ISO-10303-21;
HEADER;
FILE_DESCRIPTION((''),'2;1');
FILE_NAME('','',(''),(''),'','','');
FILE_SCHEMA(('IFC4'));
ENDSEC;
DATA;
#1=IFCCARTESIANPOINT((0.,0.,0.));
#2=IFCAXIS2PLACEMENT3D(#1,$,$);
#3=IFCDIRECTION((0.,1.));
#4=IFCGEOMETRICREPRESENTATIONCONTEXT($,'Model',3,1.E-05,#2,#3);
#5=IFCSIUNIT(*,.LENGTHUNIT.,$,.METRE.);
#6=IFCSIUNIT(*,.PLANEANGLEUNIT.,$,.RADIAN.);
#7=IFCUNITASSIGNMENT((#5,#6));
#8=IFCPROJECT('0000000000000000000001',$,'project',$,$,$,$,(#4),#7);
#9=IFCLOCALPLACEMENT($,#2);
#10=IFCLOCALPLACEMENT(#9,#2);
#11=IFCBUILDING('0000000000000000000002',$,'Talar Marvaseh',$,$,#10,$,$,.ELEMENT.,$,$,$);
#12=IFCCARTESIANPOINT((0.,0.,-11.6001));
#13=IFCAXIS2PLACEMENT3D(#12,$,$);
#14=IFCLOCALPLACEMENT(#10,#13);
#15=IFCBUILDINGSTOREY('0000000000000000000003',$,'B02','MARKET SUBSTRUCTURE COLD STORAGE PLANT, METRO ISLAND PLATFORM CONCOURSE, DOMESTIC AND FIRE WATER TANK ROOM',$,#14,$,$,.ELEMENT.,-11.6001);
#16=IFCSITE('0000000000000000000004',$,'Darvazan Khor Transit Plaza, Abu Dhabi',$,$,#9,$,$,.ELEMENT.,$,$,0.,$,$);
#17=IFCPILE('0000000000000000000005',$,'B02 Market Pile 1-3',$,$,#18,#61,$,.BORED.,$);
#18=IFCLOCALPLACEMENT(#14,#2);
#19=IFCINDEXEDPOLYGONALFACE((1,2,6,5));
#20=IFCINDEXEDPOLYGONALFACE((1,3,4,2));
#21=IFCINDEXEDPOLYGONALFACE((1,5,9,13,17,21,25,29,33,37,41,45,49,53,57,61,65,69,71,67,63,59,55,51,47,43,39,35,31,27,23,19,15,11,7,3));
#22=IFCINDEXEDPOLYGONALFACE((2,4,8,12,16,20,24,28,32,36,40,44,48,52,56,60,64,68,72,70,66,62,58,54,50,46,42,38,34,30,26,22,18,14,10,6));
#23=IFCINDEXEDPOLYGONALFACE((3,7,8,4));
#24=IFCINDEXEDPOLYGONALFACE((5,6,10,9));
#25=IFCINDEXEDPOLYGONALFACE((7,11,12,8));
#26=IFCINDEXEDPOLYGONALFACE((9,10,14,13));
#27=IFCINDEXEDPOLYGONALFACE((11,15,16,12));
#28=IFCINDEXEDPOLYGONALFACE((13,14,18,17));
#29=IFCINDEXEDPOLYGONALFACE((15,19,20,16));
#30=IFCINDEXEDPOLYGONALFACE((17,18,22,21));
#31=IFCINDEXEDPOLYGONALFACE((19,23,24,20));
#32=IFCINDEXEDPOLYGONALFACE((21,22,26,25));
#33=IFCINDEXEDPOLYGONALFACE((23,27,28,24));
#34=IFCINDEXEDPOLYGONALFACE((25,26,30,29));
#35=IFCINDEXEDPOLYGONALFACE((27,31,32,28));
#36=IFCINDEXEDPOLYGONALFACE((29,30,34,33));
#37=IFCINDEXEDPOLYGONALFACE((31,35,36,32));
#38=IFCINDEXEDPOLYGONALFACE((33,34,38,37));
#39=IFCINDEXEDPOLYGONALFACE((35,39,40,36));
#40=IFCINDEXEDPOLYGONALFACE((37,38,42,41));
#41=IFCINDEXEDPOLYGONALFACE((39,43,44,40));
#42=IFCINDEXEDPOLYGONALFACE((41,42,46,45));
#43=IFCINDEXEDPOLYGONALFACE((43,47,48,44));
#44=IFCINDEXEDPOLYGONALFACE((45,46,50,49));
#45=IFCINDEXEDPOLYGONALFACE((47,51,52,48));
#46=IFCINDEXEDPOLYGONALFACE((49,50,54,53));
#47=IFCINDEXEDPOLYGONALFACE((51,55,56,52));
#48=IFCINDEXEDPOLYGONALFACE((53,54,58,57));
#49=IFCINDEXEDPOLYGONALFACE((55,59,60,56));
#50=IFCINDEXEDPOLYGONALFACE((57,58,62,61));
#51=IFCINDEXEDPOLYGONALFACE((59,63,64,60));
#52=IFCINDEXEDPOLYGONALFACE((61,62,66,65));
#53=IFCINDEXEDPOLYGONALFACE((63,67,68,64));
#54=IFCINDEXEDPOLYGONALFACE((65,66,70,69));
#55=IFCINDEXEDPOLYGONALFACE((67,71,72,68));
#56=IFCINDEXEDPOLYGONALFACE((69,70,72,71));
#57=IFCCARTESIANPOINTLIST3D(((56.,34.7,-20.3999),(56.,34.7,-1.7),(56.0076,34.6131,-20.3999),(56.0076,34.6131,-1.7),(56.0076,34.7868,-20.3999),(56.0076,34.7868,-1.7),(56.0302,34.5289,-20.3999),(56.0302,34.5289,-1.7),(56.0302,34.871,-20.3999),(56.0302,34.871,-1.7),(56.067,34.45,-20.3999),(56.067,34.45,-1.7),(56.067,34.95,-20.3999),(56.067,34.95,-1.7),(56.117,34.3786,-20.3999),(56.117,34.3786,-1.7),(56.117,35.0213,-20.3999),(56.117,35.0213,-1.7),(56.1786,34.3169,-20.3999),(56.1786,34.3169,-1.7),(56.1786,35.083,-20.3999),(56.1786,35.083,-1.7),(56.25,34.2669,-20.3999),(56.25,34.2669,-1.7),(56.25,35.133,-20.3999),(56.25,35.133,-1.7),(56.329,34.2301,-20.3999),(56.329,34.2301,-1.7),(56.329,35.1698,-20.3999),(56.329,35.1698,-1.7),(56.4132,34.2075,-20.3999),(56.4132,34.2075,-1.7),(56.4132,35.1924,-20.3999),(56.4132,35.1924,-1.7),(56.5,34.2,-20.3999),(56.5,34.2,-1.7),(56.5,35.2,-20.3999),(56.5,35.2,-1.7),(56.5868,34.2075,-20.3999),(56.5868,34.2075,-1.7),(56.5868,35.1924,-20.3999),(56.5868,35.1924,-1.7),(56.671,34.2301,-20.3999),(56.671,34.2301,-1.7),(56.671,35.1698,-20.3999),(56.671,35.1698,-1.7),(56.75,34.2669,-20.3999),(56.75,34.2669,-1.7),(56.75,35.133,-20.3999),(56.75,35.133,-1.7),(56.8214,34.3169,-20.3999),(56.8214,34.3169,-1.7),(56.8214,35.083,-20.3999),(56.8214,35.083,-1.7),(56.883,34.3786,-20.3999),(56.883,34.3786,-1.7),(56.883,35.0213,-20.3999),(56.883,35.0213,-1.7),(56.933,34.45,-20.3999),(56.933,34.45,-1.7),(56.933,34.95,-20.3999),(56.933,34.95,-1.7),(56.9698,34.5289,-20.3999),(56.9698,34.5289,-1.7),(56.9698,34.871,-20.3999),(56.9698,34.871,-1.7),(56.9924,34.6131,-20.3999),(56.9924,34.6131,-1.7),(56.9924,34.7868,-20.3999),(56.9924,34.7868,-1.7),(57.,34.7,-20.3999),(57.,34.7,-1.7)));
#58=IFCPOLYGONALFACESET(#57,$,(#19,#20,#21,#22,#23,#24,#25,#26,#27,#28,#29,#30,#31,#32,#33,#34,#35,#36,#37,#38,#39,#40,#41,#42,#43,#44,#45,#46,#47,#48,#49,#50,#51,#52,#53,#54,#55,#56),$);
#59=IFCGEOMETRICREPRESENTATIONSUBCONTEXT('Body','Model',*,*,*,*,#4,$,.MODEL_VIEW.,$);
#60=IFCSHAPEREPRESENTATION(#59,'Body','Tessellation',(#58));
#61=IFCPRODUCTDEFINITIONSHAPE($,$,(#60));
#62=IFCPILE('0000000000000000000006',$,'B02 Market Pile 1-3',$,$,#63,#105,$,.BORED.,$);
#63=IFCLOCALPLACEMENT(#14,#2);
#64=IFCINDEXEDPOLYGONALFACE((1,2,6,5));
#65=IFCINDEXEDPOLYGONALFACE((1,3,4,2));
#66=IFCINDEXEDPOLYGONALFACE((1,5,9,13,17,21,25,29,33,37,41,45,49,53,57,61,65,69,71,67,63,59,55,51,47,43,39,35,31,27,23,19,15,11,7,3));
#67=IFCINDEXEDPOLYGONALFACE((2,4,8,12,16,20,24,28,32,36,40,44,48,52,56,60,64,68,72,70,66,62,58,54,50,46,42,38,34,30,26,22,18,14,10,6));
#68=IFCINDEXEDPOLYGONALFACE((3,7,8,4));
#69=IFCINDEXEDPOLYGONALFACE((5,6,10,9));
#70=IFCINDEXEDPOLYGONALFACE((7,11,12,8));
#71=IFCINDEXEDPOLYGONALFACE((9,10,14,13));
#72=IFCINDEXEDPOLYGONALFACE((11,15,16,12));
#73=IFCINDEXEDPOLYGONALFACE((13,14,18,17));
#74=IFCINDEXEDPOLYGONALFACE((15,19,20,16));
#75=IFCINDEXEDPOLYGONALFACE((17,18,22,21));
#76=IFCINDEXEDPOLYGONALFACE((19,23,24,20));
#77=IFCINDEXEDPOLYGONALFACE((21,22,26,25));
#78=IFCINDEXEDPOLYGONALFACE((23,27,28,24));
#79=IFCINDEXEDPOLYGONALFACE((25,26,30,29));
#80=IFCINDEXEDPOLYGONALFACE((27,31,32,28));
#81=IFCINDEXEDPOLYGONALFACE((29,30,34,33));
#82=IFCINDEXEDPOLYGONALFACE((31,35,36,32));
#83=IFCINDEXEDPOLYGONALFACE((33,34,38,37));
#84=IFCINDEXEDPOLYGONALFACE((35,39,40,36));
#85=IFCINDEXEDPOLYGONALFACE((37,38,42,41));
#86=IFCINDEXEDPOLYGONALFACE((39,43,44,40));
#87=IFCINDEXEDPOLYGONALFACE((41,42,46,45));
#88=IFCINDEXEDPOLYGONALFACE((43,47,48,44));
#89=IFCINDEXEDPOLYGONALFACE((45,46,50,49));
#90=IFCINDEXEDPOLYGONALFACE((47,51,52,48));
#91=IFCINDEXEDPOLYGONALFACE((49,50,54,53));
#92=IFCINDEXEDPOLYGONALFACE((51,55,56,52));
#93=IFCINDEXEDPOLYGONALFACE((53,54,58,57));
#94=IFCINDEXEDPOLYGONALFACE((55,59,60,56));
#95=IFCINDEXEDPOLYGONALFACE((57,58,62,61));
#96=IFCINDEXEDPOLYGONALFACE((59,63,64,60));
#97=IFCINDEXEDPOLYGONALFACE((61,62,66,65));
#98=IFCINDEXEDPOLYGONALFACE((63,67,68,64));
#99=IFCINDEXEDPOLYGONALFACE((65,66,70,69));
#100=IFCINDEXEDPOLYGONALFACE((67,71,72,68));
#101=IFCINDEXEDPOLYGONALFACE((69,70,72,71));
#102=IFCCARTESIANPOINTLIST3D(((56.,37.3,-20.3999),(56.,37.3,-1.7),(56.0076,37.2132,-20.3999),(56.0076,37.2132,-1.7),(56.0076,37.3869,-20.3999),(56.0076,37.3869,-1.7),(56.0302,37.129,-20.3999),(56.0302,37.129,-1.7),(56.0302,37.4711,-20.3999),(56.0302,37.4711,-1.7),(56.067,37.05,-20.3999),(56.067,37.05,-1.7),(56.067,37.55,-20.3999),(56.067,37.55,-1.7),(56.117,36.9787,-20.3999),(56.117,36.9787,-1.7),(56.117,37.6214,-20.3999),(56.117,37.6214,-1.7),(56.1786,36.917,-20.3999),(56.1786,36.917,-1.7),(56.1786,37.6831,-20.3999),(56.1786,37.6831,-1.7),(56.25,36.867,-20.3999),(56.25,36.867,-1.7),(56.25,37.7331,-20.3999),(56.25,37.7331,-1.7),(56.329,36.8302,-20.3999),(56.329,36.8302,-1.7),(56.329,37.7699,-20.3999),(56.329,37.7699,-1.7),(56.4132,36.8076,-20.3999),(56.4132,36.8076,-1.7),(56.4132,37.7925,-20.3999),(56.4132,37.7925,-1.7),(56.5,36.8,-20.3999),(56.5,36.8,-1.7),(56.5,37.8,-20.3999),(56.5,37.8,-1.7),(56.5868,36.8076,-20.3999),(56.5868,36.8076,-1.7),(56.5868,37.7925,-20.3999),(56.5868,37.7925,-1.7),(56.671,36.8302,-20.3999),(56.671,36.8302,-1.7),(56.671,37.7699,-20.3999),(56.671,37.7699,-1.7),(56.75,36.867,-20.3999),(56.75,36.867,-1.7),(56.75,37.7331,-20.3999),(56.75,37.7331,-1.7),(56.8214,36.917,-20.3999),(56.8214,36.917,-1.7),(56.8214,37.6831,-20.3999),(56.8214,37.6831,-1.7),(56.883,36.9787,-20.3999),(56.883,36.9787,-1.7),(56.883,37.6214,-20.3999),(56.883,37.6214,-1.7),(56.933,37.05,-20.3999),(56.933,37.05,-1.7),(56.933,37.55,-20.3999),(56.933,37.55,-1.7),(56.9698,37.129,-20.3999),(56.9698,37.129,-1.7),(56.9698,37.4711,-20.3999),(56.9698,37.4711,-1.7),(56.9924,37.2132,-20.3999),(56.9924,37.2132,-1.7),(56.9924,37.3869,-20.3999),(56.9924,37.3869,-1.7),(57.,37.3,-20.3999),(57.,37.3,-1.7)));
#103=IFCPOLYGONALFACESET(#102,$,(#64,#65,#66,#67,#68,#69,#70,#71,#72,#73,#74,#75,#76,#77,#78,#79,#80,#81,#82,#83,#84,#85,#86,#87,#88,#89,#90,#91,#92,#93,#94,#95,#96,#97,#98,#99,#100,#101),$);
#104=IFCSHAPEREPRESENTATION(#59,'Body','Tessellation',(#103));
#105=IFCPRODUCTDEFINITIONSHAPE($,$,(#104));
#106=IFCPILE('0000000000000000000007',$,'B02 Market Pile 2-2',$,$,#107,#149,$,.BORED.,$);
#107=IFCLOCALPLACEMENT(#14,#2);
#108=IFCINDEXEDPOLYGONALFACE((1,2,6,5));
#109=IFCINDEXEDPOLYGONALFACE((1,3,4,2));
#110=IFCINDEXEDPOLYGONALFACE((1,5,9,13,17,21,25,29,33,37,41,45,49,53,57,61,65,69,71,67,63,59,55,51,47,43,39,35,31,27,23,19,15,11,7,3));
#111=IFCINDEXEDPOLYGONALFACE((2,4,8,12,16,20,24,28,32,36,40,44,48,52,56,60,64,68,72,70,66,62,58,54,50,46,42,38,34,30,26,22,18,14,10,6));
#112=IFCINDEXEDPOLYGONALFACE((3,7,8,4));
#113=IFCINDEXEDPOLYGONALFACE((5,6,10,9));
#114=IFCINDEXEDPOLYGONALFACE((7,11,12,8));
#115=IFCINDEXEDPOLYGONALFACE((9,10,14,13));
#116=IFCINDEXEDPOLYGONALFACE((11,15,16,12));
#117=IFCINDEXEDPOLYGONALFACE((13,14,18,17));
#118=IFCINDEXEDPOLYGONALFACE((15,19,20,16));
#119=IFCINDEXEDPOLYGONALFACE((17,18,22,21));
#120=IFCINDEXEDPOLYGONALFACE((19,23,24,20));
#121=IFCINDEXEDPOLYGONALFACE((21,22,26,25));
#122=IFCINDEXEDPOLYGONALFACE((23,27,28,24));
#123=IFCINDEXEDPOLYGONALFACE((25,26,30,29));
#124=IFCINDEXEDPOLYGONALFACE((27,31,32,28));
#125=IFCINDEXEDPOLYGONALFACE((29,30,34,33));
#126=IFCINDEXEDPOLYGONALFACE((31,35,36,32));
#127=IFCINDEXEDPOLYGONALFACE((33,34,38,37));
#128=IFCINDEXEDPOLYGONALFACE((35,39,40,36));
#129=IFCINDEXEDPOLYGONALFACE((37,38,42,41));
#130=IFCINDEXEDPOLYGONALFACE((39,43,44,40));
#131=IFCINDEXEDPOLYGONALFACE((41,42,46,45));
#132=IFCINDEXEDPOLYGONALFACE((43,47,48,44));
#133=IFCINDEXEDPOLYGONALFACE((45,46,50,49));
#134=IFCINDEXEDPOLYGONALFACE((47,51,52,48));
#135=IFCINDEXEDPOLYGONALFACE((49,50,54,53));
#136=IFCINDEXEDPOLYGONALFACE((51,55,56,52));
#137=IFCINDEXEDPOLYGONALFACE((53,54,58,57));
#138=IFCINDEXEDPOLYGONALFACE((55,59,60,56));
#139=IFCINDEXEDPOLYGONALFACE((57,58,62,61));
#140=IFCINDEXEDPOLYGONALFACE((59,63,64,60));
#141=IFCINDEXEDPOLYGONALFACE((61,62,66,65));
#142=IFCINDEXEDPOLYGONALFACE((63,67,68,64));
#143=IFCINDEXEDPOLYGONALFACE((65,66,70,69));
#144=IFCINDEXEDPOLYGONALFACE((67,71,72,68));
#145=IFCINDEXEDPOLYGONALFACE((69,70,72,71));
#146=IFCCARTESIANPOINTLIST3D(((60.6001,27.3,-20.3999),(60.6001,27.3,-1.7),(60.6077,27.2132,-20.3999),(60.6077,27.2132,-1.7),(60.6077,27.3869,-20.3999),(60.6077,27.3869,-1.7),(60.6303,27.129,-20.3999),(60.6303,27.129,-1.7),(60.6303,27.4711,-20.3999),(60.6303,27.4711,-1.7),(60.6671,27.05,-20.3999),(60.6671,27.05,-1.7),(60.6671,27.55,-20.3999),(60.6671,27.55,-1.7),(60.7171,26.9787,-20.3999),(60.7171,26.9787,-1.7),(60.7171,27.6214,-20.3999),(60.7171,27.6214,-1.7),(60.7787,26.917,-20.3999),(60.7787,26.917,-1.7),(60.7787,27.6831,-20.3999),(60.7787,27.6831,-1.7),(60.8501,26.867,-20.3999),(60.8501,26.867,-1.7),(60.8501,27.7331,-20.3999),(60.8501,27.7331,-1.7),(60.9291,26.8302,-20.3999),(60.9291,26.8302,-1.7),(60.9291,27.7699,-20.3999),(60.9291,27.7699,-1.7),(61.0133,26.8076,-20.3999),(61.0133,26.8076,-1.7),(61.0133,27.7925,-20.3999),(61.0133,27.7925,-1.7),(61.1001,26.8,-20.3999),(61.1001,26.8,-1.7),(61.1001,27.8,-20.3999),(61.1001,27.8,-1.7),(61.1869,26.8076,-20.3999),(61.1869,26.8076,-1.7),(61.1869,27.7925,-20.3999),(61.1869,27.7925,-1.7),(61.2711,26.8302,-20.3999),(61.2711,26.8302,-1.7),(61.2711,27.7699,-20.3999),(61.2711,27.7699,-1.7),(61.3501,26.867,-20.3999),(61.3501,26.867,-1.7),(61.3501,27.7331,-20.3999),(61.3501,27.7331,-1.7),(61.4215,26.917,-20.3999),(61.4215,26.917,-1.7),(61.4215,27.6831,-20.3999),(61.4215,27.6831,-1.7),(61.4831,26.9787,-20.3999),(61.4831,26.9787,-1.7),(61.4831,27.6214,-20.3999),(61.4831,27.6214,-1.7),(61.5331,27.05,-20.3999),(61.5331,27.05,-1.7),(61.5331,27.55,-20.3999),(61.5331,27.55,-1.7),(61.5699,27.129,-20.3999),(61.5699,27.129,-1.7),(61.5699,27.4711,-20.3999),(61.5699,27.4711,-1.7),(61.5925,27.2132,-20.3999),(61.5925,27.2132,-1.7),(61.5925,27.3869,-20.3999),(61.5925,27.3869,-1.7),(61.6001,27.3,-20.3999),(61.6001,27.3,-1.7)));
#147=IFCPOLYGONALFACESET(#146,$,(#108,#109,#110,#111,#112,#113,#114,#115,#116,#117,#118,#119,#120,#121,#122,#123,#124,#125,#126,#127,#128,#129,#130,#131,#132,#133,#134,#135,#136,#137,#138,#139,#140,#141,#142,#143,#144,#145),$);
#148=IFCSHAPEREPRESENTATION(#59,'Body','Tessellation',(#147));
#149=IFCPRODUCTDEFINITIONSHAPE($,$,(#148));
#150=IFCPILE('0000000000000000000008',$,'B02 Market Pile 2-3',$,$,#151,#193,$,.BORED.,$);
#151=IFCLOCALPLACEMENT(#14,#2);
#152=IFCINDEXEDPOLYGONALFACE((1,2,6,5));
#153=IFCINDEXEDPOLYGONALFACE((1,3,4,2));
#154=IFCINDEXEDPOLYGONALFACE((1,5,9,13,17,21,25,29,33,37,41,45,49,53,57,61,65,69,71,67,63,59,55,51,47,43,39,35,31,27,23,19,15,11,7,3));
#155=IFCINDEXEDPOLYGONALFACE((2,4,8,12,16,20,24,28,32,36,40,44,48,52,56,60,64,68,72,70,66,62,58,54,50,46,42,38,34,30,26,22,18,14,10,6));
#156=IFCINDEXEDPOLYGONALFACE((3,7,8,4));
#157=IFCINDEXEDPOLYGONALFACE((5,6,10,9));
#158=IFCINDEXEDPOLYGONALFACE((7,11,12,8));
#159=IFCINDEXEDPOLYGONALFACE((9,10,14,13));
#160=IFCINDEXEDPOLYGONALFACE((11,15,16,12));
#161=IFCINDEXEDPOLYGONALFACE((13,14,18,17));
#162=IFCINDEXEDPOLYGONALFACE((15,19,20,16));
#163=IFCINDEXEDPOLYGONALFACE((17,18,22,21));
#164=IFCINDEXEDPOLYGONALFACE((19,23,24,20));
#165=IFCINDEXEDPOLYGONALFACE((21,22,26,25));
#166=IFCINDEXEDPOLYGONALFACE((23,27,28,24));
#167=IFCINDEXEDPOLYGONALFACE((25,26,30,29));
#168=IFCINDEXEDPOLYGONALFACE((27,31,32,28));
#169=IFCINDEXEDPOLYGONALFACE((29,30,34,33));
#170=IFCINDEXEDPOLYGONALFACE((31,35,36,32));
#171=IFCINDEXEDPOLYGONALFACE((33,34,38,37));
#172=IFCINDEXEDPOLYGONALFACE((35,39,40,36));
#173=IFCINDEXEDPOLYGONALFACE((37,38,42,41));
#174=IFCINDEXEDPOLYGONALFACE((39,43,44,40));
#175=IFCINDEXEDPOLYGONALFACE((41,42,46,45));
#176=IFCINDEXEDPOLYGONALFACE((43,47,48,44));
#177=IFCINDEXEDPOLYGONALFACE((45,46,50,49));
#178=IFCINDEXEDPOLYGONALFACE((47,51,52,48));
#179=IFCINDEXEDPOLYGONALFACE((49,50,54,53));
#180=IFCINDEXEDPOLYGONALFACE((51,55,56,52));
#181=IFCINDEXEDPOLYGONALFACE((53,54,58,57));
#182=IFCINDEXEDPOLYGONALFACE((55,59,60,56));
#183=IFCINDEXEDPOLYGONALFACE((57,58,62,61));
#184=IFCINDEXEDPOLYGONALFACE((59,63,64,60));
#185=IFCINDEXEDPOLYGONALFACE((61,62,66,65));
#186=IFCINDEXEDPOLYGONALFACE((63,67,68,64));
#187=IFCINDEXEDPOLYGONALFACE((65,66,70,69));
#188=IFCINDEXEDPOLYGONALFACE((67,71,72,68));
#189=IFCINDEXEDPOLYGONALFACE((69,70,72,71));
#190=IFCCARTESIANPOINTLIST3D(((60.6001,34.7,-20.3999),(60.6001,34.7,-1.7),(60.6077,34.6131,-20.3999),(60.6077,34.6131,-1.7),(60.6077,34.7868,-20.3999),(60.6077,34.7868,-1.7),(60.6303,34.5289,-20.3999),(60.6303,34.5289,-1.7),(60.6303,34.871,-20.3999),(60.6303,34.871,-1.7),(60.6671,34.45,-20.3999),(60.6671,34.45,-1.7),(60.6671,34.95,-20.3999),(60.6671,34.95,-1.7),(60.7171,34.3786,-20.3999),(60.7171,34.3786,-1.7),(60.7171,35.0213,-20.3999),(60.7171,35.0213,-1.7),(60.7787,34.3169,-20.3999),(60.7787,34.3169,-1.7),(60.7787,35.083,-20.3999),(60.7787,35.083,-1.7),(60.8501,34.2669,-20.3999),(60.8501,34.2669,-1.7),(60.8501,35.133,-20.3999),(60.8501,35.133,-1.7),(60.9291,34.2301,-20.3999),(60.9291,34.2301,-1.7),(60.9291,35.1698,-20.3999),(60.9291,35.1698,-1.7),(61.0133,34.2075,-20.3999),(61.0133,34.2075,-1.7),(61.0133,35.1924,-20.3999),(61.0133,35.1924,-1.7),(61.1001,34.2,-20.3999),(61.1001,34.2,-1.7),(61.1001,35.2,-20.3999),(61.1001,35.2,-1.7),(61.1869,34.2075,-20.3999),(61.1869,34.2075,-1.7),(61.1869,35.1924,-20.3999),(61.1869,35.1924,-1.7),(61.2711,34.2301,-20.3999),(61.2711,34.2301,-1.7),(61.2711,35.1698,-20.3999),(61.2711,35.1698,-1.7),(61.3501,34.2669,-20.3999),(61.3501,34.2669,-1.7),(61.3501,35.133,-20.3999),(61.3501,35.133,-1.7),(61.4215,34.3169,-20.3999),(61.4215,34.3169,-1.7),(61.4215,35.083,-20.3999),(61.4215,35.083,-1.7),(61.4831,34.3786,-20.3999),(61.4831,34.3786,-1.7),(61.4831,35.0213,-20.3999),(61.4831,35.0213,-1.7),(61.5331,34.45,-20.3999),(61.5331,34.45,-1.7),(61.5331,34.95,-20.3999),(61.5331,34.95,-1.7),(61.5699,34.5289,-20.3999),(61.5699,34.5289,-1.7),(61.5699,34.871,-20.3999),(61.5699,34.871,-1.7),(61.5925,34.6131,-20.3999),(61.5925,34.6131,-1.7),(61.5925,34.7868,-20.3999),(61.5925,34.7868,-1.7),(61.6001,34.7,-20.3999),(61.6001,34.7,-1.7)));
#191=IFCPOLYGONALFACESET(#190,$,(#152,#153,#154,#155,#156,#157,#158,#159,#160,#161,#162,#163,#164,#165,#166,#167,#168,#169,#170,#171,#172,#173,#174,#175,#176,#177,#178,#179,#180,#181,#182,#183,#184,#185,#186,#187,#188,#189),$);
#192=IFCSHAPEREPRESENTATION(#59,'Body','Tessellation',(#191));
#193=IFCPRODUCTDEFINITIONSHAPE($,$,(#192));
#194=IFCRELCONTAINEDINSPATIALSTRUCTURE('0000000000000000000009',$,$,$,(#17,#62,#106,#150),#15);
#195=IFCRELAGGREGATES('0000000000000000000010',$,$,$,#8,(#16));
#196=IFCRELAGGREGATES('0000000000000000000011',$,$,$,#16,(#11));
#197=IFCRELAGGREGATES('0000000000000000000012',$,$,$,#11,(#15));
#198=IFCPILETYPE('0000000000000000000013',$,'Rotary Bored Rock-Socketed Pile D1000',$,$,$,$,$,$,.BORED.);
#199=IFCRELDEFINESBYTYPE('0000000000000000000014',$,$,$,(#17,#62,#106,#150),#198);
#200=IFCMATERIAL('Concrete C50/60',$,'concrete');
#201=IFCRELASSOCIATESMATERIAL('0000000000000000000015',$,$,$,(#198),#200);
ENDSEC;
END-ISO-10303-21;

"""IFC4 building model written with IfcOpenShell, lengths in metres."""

from ifc_helpers import new_model, si_unit, direction, frame, origin, origin_2d, place, context, subcontext, project, spatial, circle, extrude, source, transform, mapped, material, material_profile, profile_set, type_object, type_shapes, element, save


model = new_model("IFC4")

# Units and contexts
model_context = context("Model", 3, precision=1e-05, world=origin(), true_north=direction((0.0, 1.0)))
body_context = subcontext(model_context, "Body", "Model", "MODEL_VIEW")
ifc_project = project(units=[si_unit("LENGTHUNIT", "METRE"), si_unit("PLANEANGLEUNIT", "RADIAN")], contexts=[model_context])

# Site, building, storey
site_placement = place(None, origin())
site = spatial("IfcSite", under=ifc_project, at=site_placement, Name="Darvazan Khor Transit Plaza, Abu Dhabi", CompositionType="ELEMENT", RefElevation=0.0)
building_placement = place(site_placement, origin())
building = spatial("IfcBuilding", under=site, at=building_placement, Name="Talar Marvaseh", CompositionType="ELEMENT")
storey_placement = place(building_placement, frame((0.0, 0.0, -11.6001)))
storey = spatial("IfcBuildingStorey", under=building, at=storey_placement, Name="B02", Description="MARKET SUBSTRUCTURE COLD STORAGE PLANT, METRO ISLAND PLATFORM CONCOURSE, DOMESTIC AND FIRE WATER TANK ROOM", CompositionType="ELEMENT", Elevation=-11.6001)

# Shared definitions
ifc_material_1 = material(Name="Concrete C50/60", Category="concrete")

# Piles
ifc_material_profile_1 = material_profile(ifc_material_1, circle(Radius=0.5, at=origin_2d()), Name="PILE-D1000")
ifc_profile_set_1 = profile_set([ifc_material_profile_1], Name="Concrete C50/60")
pile_type_1 = type_object("IfcPileType", Name="Rotary Bored Rock-Socketed Pile D1000", PredefinedType="BORED", material=ifc_profile_set_1)
shared_shape_1 = source(origin(), body_context, "Body", "SweptSolid", [
    extrude(circle(Radius=0.5, at=origin_2d()), origin(), (0.0, 0.0, 1.0), 18.7),
])
type_shapes(pile_type_1, [shared_shape_1])
for number, where, z_axis, x_axis, name in (
    (1, (56.5, 34.7, -1.7), (0.0, 0.0, -1.0), (1.0, 0.0, 0.0), "B02 Market Pile 1-3"),
    (2, (56.5, 37.3, -1.7), (0.0, 0.0, -1.0), (1.0, 0.0, 0.0), "B02 Market Pile 1-3"),
    (3, (61.1001, 27.3, -1.7), (0.0, 0.0, -1.0), (1.0, 0.0, 0.0), "B02 Market Pile 2-2"),
    (4, (61.1001, 34.7, -1.7), (0.0, 0.0, -1.0), (1.0, 0.0, 0.0), "B02 Market Pile 2-3"),
):
    element("IfcPile", number, at=place(storey_placement, frame(where, z_axis=z_axis, x_axis=x_axis)), inside=storey, type_object=pile_type_1, Name=name, PredefinedType="BORED", context=body_context, shape_type="MappedRepresentation", body=[
        mapped(shared_shape_1, transform((0.0, 0.0, 0.0), x_axis=(1.0, 0.0, 0.0), y_axis=(0.0, 1.0, 0.0), z_axis=(0.0, 0.0, 1.0), scale=1.0)),
    ])

save(model, "model.ifc")
